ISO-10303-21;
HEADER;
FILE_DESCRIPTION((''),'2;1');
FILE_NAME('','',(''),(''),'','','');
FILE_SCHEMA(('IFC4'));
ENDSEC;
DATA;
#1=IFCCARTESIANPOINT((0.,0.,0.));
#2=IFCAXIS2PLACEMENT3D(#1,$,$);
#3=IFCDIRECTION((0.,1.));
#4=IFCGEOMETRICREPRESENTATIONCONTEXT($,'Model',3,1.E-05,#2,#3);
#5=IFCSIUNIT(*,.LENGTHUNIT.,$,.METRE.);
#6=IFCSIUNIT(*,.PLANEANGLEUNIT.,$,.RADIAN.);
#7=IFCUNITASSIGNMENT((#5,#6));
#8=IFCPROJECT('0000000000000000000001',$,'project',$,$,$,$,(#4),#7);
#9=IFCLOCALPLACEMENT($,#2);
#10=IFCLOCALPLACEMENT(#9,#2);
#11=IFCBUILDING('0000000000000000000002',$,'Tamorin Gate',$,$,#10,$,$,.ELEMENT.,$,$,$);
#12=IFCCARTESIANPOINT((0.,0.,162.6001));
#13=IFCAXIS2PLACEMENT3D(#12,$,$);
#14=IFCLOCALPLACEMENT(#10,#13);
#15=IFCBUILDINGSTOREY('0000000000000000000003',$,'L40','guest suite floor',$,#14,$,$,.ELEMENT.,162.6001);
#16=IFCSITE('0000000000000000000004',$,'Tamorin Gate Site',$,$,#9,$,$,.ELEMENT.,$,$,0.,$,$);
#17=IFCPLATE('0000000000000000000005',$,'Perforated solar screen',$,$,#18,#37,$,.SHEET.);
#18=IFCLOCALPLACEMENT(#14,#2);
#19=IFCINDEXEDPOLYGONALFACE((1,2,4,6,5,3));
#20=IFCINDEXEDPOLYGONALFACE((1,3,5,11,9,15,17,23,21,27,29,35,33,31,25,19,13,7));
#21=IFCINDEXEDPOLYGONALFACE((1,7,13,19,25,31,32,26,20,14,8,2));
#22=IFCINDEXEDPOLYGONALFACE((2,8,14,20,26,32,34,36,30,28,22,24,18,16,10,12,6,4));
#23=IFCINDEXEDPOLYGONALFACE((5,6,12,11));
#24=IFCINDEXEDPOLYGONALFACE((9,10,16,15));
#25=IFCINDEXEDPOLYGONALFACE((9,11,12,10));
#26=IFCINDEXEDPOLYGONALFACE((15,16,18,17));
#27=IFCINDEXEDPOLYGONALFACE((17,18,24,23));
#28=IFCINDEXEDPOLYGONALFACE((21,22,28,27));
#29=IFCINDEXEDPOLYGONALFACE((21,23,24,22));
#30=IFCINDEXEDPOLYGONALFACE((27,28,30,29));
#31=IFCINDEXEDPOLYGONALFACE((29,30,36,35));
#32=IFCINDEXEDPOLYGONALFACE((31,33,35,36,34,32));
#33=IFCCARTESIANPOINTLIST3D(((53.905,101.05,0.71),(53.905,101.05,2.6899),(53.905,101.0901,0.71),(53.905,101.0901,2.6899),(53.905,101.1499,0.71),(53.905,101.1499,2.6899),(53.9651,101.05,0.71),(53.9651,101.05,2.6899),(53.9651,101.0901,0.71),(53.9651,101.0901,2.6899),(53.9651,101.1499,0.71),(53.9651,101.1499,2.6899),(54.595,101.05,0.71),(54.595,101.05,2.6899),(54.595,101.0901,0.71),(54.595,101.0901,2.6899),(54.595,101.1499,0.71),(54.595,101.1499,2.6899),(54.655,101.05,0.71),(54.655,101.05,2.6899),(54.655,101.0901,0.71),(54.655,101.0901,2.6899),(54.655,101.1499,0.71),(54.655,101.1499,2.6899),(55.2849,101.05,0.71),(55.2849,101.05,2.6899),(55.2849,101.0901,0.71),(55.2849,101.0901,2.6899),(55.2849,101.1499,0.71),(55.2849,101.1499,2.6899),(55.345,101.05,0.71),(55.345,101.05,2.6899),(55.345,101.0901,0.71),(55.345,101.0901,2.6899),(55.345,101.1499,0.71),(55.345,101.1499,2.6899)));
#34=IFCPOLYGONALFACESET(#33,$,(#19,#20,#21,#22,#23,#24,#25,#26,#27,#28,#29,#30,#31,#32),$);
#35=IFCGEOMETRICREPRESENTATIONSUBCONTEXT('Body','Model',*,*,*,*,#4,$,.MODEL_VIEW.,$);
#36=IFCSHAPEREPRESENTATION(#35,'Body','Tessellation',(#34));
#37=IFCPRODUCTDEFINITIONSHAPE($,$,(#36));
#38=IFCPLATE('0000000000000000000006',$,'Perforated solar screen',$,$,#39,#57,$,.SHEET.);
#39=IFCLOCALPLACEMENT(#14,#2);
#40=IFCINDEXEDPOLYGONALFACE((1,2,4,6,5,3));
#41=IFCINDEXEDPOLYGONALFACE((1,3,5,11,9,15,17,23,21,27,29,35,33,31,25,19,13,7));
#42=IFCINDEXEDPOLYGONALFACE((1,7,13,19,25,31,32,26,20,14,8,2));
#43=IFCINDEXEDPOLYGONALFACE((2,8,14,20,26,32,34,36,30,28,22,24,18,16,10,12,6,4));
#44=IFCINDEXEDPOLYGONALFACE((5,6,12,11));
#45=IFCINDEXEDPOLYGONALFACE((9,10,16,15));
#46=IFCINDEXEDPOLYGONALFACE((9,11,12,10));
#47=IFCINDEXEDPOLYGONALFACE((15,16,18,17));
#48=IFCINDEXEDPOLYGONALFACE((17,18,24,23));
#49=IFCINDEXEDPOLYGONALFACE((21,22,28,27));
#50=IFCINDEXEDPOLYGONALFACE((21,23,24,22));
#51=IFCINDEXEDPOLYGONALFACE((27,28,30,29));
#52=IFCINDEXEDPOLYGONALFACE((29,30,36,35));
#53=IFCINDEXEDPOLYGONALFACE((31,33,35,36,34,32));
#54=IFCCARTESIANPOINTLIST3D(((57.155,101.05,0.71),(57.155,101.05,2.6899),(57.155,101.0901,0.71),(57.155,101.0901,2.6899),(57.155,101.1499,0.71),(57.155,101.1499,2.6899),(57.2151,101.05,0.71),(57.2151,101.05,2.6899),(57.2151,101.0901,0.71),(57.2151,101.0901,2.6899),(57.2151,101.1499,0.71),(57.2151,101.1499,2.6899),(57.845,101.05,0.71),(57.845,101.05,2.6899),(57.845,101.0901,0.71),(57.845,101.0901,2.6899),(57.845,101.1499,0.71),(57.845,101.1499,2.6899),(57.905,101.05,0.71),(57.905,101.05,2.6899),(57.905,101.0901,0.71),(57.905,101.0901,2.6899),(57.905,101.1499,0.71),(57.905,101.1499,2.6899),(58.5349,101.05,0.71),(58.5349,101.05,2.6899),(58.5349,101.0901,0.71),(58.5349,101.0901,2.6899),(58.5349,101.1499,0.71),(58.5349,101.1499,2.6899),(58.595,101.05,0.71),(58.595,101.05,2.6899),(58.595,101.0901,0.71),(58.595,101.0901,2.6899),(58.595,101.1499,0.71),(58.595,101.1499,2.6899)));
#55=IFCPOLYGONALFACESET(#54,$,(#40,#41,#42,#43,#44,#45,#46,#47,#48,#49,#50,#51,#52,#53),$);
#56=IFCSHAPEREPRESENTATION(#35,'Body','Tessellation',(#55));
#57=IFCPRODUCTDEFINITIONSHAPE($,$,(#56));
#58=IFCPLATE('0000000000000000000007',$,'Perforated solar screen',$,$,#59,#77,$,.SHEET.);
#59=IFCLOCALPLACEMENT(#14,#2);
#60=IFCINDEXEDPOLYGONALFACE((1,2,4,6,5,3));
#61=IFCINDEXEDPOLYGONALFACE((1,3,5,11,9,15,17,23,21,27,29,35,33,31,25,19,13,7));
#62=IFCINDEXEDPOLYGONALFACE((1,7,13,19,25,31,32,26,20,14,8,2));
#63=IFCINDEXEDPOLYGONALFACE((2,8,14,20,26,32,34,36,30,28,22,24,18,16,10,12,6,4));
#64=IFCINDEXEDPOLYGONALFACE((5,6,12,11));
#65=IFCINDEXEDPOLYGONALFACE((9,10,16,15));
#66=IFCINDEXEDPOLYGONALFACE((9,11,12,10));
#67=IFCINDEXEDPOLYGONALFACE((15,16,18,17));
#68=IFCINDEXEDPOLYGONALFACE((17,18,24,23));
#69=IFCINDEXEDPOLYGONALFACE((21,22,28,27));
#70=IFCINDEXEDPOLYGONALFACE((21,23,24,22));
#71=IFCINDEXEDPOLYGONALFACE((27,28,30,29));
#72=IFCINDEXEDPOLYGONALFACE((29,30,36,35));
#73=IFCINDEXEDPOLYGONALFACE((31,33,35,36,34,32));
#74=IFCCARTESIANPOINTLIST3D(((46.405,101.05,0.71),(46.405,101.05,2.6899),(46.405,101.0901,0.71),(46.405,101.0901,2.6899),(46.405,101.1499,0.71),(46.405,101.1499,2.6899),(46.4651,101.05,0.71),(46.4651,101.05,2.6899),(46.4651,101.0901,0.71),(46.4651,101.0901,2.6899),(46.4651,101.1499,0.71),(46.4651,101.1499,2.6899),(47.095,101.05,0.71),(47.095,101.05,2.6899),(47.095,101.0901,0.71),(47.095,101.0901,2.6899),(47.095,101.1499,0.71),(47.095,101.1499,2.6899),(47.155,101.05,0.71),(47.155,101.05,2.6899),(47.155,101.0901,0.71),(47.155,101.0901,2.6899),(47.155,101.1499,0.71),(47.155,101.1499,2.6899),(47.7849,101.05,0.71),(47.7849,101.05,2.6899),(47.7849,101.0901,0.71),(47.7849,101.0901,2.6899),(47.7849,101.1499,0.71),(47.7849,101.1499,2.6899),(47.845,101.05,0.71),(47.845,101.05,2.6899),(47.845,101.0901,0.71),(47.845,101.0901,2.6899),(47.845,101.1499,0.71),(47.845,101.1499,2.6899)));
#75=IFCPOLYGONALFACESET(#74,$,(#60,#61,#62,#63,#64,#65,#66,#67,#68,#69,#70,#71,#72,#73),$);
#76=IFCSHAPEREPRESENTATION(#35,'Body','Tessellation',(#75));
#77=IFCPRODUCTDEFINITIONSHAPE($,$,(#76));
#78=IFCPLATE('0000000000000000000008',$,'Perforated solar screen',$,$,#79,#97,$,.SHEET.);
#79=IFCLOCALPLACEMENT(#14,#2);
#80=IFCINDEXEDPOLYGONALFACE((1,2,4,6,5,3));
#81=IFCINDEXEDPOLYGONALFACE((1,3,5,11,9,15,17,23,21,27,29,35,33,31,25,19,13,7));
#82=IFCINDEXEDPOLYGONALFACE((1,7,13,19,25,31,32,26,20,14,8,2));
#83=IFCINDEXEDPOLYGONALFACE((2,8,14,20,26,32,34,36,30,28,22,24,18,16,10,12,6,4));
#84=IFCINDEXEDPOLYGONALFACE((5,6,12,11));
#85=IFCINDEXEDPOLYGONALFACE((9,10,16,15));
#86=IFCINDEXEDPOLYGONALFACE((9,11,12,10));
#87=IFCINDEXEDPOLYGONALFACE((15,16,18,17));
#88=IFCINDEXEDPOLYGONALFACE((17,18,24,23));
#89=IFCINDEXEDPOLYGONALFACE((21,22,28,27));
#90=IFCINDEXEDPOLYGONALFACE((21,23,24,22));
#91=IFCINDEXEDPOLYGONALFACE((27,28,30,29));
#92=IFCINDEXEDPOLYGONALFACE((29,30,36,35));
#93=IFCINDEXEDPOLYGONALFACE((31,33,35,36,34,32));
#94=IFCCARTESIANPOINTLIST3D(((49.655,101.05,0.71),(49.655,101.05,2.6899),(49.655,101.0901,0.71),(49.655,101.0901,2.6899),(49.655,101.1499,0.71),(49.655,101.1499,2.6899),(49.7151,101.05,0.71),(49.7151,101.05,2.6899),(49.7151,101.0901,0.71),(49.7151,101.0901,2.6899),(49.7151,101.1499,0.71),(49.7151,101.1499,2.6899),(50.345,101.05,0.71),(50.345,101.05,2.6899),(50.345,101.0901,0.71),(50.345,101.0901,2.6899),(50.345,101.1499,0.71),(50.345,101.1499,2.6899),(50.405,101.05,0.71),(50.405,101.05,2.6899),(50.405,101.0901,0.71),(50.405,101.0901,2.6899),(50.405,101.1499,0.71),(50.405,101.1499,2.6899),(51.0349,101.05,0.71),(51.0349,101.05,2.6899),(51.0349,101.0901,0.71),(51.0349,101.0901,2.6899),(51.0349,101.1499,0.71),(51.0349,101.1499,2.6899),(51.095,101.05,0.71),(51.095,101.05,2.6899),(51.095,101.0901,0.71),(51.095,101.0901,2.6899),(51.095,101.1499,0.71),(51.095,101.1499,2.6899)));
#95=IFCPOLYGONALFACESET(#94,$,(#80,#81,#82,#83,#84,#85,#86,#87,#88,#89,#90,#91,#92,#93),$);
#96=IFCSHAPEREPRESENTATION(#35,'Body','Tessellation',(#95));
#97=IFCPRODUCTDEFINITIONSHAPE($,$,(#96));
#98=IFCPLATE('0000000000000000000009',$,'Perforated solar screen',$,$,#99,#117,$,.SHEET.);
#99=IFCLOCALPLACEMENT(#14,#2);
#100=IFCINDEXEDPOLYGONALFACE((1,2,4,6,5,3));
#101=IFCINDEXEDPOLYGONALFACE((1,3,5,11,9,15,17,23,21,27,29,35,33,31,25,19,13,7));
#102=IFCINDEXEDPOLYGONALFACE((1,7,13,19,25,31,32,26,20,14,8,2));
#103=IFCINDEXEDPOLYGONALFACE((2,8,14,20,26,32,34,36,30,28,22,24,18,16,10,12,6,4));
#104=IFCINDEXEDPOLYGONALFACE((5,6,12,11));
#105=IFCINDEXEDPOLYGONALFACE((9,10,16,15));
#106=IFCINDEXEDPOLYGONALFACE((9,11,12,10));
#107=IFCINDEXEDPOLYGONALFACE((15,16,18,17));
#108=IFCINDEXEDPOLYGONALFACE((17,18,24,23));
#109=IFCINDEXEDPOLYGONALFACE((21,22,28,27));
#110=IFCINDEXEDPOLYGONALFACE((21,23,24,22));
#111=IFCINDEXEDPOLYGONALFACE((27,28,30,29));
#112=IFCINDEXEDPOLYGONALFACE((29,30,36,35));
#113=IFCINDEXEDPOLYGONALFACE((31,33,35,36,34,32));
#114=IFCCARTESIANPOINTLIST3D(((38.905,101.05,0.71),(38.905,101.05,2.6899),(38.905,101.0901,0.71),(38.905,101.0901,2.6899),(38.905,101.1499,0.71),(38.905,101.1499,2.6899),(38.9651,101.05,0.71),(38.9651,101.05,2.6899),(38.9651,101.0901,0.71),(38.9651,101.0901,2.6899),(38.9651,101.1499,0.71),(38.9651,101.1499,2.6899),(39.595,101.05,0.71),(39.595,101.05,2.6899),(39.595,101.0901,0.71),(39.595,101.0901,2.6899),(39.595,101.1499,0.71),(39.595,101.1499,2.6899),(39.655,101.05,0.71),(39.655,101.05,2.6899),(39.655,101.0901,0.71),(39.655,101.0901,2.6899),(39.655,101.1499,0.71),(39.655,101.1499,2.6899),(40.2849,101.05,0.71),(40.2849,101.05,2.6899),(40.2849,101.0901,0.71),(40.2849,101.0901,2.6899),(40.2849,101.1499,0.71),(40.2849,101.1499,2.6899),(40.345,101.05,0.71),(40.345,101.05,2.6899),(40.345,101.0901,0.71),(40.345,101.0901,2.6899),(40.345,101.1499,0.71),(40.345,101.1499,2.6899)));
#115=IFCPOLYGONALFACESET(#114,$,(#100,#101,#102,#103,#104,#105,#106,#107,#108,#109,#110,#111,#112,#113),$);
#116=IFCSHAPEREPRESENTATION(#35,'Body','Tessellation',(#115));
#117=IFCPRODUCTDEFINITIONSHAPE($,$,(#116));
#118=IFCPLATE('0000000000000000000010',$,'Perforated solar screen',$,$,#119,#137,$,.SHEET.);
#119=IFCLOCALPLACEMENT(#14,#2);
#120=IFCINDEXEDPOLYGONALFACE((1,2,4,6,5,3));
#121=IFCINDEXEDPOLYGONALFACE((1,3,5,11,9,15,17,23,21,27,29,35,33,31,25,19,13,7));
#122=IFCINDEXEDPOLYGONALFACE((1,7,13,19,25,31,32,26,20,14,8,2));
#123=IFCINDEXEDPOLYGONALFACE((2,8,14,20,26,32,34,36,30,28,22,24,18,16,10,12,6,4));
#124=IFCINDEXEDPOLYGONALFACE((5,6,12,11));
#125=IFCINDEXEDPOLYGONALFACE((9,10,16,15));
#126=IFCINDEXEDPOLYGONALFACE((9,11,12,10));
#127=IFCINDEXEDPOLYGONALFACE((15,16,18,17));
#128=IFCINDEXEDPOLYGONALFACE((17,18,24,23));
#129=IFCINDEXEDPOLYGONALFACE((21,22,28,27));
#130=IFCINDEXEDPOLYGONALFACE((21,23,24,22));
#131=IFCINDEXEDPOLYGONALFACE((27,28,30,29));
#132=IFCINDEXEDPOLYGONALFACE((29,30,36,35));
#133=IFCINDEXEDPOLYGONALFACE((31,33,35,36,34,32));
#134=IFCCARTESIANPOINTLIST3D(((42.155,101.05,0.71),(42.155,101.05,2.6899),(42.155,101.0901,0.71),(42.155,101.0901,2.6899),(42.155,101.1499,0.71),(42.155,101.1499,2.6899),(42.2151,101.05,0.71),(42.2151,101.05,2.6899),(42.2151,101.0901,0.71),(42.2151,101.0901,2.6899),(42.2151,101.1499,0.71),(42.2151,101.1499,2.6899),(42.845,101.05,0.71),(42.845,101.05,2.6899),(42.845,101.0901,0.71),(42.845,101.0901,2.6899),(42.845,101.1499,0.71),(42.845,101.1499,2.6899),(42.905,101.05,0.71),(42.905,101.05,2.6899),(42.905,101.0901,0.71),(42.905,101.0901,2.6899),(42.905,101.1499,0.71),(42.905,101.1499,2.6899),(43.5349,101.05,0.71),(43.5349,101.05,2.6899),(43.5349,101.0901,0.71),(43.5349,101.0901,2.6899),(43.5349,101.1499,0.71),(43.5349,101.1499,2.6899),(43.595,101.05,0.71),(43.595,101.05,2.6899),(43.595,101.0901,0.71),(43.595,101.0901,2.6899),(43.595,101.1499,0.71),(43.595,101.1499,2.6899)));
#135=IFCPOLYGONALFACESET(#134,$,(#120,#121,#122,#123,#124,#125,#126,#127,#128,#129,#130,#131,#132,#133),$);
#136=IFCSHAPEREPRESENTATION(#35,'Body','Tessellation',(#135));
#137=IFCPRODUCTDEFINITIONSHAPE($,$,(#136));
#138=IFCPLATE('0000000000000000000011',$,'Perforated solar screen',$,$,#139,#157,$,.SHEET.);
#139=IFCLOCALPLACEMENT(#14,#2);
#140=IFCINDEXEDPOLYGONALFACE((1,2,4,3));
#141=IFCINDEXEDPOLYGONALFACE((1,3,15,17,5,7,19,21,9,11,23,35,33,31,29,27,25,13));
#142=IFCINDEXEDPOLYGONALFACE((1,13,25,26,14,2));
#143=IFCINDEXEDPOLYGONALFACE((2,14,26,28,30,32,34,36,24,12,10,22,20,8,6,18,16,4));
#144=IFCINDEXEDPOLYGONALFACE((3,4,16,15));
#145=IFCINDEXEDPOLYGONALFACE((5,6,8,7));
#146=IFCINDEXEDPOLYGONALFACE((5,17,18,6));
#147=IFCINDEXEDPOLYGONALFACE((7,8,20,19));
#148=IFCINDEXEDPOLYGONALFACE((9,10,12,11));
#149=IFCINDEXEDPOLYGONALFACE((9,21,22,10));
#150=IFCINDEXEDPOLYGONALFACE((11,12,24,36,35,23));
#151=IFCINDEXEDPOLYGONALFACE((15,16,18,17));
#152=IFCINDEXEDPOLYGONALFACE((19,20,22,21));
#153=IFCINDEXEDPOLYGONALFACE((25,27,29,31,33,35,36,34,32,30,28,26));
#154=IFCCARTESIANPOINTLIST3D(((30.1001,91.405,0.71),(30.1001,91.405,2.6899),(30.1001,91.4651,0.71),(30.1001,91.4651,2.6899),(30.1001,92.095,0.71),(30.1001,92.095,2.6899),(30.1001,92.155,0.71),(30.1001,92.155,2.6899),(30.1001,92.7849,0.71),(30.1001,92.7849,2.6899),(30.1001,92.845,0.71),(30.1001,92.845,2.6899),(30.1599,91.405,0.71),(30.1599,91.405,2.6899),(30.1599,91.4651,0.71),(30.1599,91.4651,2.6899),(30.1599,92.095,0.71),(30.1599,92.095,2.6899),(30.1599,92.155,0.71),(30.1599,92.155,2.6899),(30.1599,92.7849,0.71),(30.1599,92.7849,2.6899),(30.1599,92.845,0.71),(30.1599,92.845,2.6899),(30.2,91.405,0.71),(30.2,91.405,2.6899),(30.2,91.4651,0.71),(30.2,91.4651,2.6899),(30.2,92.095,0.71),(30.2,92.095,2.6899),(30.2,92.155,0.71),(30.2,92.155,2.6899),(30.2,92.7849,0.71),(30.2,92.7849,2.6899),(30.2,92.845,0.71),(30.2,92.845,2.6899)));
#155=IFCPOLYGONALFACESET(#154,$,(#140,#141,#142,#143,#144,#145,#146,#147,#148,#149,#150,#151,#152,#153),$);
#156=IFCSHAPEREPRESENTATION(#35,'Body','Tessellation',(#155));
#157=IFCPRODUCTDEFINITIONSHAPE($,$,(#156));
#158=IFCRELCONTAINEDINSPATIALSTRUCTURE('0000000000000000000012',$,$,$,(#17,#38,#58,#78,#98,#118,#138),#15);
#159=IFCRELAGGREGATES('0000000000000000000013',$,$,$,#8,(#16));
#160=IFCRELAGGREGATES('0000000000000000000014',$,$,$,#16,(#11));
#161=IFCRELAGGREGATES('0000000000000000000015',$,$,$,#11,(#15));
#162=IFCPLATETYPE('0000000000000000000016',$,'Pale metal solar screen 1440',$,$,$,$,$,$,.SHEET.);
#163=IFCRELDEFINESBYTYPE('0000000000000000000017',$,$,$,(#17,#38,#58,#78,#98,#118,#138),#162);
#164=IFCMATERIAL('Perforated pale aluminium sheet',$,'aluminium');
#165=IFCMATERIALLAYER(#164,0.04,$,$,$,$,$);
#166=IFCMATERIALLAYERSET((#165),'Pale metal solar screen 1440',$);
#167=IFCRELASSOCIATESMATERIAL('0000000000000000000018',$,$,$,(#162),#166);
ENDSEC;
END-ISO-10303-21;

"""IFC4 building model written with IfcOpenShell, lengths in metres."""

from ifc_helpers import new_model, si_unit, direction, frame, origin, place, context, subcontext, project, spatial, polyline, outline, extrude, material, layer, layer_set, type_object, element, save


model = new_model("IFC4")

# Units and contexts
model_context = context("Model", 3, precision=1e-05, world=origin(), true_north=direction((0.0, 1.0)))
body_context = subcontext(model_context, "Body", "Model", "MODEL_VIEW")
ifc_project = project(units=[si_unit("LENGTHUNIT", "METRE"), si_unit("PLANEANGLEUNIT", "RADIAN")], contexts=[model_context])

# Site, building, storey
site_placement = place(None, origin())
site = spatial("IfcSite", under=ifc_project, at=site_placement, Name="Tamorin Gate Site", CompositionType="ELEMENT", RefElevation=0.0)
building_placement = place(site_placement, origin())
building = spatial("IfcBuilding", under=site, at=building_placement, Name="Tamorin Gate", CompositionType="ELEMENT")
storey_placement = place(building_placement, frame((0.0, 0.0, 162.6001)))
storey = spatial("IfcBuildingStorey", under=building, at=storey_placement, Name="L40", Description="guest suite floor", CompositionType="ELEMENT", Elevation=162.6001)

# Plates
ifc_material = material(Name="Perforated pale aluminium sheet", Category="aluminium")
ifc_layer_1 = layer(ifc_material, 0.04)
ifc_layer_set_1 = layer_set([ifc_layer_1], Name="Pale metal solar screen 1440")
plate_type_1 = type_object("IfcPlateType", Name="Pale metal solar screen 1440", PredefinedType="SHEET", material=ifc_layer_set_1)
plate_1_placement = place(storey_placement, frame((0.0, 0.0, 0.71)))
element("IfcPlate", 1, at=plate_1_placement, inside=storey, type_object=plate_type_1, Name="Perforated solar screen", PredefinedType="SHEET", context=body_context, shape_type="SweptSolid", body=[
    extrude(outline(polyline([(55.345, 101.0901), (55.345, 101.05), (55.2849, 101.05), (54.655, 101.05), (54.595, 101.05), (53.9651, 101.05), (53.905, 101.05), (53.905, 101.0901), (53.905, 101.1499), (53.9651, 101.1499), (53.9651, 101.0901), (54.595, 101.0901), (54.595, 101.1499), (54.655, 101.1499), (54.655, 101.0901), (55.2849, 101.0901), (55.2849, 101.1499), (55.345, 101.1499), (55.345, 101.0901)])), origin(), (0.0, 0.0, 1.0), 1.98),
])
plate_2_placement = place(storey_placement, frame((0.0, 0.0, 0.71)))
element("IfcPlate", 2, at=plate_2_placement, inside=storey, type_object=plate_type_1, Name="Perforated solar screen", PredefinedType="SHEET", context=body_context, shape_type="SweptSolid", body=[
    extrude(outline(polyline([(58.595, 101.0901), (58.595, 101.05), (58.5349, 101.05), (57.905, 101.05), (57.845, 101.05), (57.2151, 101.05), (57.155, 101.05), (57.155, 101.0901), (57.155, 101.1499), (57.2151, 101.1499), (57.2151, 101.0901), (57.845, 101.0901), (57.845, 101.1499), (57.905, 101.1499), (57.905, 101.0901), (58.5349, 101.0901), (58.5349, 101.1499), (58.595, 101.1499), (58.595, 101.0901)])), origin(), (0.0, 0.0, 1.0), 1.98),
])
plate_3_placement = place(storey_placement, frame((0.0, 0.0, 0.71)))
element("IfcPlate", 3, at=plate_3_placement, inside=storey, type_object=plate_type_1, Name="Perforated solar screen", PredefinedType="SHEET", context=body_context, shape_type="SweptSolid", body=[
    extrude(outline(polyline([(47.845, 101.0901), (47.845, 101.05), (47.7849, 101.05), (47.155, 101.05), (47.095, 101.05), (46.4651, 101.05), (46.405, 101.05), (46.405, 101.0901), (46.405, 101.1499), (46.4651, 101.1499), (46.4651, 101.0901), (47.095, 101.0901), (47.095, 101.1499), (47.155, 101.1499), (47.155, 101.0901), (47.7849, 101.0901), (47.7849, 101.1499), (47.845, 101.1499), (47.845, 101.0901)])), origin(), (0.0, 0.0, 1.0), 1.98),
])
plate_4_placement = place(storey_placement, frame((0.0, 0.0, 0.71)))
element("IfcPlate", 4, at=plate_4_placement, inside=storey, type_object=plate_type_1, Name="Perforated solar screen", PredefinedType="SHEET", context=body_context, shape_type="SweptSolid", body=[
    extrude(outline(polyline([(51.095, 101.0901), (51.095, 101.05), (51.0349, 101.05), (50.405, 101.05), (50.345, 101.05), (49.7151, 101.05), (49.655, 101.05), (49.655, 101.0901), (49.655, 101.1499), (49.7151, 101.1499), (49.7151, 101.0901), (50.345, 101.0901), (50.345, 101.1499), (50.405, 101.1499), (50.405, 101.0901), (51.0349, 101.0901), (51.0349, 101.1499), (51.095, 101.1499), (51.095, 101.0901)])), origin(), (0.0, 0.0, 1.0), 1.98),
])
plate_5_placement = place(storey_placement, frame((0.0, 0.0, 0.71)))
element("IfcPlate", 5, at=plate_5_placement, inside=storey, type_object=plate_type_1, Name="Perforated solar screen", PredefinedType="SHEET", context=body_context, shape_type="SweptSolid", body=[
    extrude(outline(polyline([(40.345, 101.0901), (40.345, 101.05), (40.2849, 101.05), (39.655, 101.05), (39.595, 101.05), (38.9651, 101.05), (38.905, 101.05), (38.905, 101.0901), (38.905, 101.1499), (38.9651, 101.1499), (38.9651, 101.0901), (39.595, 101.0901), (39.595, 101.1499), (39.655, 101.1499), (39.655, 101.0901), (40.2849, 101.0901), (40.2849, 101.1499), (40.345, 101.1499), (40.345, 101.0901)])), origin(), (0.0, 0.0, 1.0), 1.98),
])
plate_6_placement = place(storey_placement, frame((0.0, 0.0, 0.71)))
element("IfcPlate", 6, at=plate_6_placement, inside=storey, type_object=plate_type_1, Name="Perforated solar screen", PredefinedType="SHEET", context=body_context, shape_type="SweptSolid", body=[
    extrude(outline(polyline([(43.595, 101.0901), (43.595, 101.05), (43.5349, 101.05), (42.905, 101.05), (42.845, 101.05), (42.2151, 101.05), (42.155, 101.05), (42.155, 101.0901), (42.155, 101.1499), (42.2151, 101.1499), (42.2151, 101.0901), (42.845, 101.0901), (42.845, 101.1499), (42.905, 101.1499), (42.905, 101.0901), (43.5349, 101.0901), (43.5349, 101.1499), (43.595, 101.1499), (43.595, 101.0901)])), origin(), (0.0, 0.0, 1.0), 1.98),
])
plate_7_placement = place(storey_placement, frame((0.0, 0.0, 0.71)))
element("IfcPlate", 7, at=plate_7_placement, inside=storey, type_object=plate_type_1, Name="Perforated solar screen", PredefinedType="SHEET", context=body_context, shape_type="SweptSolid", body=[
    extrude(outline(polyline([(30.1599, 92.845), (30.2, 92.845), (30.2, 92.7849), (30.2, 92.155), (30.2, 92.095), (30.2, 91.4651), (30.2, 91.405), (30.2, 91.405), (30.1599, 91.405), (30.1599, 91.405), (30.1001, 91.405), (30.1001, 91.4651), (30.1599, 91.4651), (30.1599, 92.095), (30.1001, 92.095), (30.1001, 92.155), (30.1599, 92.155), (30.1599, 92.7849), (30.1001, 92.7849), (30.1001, 92.845), (30.1599, 92.845)])), origin(), (0.0, 0.0, 1.0), 1.98),
])

save(model, "model.ifc")
